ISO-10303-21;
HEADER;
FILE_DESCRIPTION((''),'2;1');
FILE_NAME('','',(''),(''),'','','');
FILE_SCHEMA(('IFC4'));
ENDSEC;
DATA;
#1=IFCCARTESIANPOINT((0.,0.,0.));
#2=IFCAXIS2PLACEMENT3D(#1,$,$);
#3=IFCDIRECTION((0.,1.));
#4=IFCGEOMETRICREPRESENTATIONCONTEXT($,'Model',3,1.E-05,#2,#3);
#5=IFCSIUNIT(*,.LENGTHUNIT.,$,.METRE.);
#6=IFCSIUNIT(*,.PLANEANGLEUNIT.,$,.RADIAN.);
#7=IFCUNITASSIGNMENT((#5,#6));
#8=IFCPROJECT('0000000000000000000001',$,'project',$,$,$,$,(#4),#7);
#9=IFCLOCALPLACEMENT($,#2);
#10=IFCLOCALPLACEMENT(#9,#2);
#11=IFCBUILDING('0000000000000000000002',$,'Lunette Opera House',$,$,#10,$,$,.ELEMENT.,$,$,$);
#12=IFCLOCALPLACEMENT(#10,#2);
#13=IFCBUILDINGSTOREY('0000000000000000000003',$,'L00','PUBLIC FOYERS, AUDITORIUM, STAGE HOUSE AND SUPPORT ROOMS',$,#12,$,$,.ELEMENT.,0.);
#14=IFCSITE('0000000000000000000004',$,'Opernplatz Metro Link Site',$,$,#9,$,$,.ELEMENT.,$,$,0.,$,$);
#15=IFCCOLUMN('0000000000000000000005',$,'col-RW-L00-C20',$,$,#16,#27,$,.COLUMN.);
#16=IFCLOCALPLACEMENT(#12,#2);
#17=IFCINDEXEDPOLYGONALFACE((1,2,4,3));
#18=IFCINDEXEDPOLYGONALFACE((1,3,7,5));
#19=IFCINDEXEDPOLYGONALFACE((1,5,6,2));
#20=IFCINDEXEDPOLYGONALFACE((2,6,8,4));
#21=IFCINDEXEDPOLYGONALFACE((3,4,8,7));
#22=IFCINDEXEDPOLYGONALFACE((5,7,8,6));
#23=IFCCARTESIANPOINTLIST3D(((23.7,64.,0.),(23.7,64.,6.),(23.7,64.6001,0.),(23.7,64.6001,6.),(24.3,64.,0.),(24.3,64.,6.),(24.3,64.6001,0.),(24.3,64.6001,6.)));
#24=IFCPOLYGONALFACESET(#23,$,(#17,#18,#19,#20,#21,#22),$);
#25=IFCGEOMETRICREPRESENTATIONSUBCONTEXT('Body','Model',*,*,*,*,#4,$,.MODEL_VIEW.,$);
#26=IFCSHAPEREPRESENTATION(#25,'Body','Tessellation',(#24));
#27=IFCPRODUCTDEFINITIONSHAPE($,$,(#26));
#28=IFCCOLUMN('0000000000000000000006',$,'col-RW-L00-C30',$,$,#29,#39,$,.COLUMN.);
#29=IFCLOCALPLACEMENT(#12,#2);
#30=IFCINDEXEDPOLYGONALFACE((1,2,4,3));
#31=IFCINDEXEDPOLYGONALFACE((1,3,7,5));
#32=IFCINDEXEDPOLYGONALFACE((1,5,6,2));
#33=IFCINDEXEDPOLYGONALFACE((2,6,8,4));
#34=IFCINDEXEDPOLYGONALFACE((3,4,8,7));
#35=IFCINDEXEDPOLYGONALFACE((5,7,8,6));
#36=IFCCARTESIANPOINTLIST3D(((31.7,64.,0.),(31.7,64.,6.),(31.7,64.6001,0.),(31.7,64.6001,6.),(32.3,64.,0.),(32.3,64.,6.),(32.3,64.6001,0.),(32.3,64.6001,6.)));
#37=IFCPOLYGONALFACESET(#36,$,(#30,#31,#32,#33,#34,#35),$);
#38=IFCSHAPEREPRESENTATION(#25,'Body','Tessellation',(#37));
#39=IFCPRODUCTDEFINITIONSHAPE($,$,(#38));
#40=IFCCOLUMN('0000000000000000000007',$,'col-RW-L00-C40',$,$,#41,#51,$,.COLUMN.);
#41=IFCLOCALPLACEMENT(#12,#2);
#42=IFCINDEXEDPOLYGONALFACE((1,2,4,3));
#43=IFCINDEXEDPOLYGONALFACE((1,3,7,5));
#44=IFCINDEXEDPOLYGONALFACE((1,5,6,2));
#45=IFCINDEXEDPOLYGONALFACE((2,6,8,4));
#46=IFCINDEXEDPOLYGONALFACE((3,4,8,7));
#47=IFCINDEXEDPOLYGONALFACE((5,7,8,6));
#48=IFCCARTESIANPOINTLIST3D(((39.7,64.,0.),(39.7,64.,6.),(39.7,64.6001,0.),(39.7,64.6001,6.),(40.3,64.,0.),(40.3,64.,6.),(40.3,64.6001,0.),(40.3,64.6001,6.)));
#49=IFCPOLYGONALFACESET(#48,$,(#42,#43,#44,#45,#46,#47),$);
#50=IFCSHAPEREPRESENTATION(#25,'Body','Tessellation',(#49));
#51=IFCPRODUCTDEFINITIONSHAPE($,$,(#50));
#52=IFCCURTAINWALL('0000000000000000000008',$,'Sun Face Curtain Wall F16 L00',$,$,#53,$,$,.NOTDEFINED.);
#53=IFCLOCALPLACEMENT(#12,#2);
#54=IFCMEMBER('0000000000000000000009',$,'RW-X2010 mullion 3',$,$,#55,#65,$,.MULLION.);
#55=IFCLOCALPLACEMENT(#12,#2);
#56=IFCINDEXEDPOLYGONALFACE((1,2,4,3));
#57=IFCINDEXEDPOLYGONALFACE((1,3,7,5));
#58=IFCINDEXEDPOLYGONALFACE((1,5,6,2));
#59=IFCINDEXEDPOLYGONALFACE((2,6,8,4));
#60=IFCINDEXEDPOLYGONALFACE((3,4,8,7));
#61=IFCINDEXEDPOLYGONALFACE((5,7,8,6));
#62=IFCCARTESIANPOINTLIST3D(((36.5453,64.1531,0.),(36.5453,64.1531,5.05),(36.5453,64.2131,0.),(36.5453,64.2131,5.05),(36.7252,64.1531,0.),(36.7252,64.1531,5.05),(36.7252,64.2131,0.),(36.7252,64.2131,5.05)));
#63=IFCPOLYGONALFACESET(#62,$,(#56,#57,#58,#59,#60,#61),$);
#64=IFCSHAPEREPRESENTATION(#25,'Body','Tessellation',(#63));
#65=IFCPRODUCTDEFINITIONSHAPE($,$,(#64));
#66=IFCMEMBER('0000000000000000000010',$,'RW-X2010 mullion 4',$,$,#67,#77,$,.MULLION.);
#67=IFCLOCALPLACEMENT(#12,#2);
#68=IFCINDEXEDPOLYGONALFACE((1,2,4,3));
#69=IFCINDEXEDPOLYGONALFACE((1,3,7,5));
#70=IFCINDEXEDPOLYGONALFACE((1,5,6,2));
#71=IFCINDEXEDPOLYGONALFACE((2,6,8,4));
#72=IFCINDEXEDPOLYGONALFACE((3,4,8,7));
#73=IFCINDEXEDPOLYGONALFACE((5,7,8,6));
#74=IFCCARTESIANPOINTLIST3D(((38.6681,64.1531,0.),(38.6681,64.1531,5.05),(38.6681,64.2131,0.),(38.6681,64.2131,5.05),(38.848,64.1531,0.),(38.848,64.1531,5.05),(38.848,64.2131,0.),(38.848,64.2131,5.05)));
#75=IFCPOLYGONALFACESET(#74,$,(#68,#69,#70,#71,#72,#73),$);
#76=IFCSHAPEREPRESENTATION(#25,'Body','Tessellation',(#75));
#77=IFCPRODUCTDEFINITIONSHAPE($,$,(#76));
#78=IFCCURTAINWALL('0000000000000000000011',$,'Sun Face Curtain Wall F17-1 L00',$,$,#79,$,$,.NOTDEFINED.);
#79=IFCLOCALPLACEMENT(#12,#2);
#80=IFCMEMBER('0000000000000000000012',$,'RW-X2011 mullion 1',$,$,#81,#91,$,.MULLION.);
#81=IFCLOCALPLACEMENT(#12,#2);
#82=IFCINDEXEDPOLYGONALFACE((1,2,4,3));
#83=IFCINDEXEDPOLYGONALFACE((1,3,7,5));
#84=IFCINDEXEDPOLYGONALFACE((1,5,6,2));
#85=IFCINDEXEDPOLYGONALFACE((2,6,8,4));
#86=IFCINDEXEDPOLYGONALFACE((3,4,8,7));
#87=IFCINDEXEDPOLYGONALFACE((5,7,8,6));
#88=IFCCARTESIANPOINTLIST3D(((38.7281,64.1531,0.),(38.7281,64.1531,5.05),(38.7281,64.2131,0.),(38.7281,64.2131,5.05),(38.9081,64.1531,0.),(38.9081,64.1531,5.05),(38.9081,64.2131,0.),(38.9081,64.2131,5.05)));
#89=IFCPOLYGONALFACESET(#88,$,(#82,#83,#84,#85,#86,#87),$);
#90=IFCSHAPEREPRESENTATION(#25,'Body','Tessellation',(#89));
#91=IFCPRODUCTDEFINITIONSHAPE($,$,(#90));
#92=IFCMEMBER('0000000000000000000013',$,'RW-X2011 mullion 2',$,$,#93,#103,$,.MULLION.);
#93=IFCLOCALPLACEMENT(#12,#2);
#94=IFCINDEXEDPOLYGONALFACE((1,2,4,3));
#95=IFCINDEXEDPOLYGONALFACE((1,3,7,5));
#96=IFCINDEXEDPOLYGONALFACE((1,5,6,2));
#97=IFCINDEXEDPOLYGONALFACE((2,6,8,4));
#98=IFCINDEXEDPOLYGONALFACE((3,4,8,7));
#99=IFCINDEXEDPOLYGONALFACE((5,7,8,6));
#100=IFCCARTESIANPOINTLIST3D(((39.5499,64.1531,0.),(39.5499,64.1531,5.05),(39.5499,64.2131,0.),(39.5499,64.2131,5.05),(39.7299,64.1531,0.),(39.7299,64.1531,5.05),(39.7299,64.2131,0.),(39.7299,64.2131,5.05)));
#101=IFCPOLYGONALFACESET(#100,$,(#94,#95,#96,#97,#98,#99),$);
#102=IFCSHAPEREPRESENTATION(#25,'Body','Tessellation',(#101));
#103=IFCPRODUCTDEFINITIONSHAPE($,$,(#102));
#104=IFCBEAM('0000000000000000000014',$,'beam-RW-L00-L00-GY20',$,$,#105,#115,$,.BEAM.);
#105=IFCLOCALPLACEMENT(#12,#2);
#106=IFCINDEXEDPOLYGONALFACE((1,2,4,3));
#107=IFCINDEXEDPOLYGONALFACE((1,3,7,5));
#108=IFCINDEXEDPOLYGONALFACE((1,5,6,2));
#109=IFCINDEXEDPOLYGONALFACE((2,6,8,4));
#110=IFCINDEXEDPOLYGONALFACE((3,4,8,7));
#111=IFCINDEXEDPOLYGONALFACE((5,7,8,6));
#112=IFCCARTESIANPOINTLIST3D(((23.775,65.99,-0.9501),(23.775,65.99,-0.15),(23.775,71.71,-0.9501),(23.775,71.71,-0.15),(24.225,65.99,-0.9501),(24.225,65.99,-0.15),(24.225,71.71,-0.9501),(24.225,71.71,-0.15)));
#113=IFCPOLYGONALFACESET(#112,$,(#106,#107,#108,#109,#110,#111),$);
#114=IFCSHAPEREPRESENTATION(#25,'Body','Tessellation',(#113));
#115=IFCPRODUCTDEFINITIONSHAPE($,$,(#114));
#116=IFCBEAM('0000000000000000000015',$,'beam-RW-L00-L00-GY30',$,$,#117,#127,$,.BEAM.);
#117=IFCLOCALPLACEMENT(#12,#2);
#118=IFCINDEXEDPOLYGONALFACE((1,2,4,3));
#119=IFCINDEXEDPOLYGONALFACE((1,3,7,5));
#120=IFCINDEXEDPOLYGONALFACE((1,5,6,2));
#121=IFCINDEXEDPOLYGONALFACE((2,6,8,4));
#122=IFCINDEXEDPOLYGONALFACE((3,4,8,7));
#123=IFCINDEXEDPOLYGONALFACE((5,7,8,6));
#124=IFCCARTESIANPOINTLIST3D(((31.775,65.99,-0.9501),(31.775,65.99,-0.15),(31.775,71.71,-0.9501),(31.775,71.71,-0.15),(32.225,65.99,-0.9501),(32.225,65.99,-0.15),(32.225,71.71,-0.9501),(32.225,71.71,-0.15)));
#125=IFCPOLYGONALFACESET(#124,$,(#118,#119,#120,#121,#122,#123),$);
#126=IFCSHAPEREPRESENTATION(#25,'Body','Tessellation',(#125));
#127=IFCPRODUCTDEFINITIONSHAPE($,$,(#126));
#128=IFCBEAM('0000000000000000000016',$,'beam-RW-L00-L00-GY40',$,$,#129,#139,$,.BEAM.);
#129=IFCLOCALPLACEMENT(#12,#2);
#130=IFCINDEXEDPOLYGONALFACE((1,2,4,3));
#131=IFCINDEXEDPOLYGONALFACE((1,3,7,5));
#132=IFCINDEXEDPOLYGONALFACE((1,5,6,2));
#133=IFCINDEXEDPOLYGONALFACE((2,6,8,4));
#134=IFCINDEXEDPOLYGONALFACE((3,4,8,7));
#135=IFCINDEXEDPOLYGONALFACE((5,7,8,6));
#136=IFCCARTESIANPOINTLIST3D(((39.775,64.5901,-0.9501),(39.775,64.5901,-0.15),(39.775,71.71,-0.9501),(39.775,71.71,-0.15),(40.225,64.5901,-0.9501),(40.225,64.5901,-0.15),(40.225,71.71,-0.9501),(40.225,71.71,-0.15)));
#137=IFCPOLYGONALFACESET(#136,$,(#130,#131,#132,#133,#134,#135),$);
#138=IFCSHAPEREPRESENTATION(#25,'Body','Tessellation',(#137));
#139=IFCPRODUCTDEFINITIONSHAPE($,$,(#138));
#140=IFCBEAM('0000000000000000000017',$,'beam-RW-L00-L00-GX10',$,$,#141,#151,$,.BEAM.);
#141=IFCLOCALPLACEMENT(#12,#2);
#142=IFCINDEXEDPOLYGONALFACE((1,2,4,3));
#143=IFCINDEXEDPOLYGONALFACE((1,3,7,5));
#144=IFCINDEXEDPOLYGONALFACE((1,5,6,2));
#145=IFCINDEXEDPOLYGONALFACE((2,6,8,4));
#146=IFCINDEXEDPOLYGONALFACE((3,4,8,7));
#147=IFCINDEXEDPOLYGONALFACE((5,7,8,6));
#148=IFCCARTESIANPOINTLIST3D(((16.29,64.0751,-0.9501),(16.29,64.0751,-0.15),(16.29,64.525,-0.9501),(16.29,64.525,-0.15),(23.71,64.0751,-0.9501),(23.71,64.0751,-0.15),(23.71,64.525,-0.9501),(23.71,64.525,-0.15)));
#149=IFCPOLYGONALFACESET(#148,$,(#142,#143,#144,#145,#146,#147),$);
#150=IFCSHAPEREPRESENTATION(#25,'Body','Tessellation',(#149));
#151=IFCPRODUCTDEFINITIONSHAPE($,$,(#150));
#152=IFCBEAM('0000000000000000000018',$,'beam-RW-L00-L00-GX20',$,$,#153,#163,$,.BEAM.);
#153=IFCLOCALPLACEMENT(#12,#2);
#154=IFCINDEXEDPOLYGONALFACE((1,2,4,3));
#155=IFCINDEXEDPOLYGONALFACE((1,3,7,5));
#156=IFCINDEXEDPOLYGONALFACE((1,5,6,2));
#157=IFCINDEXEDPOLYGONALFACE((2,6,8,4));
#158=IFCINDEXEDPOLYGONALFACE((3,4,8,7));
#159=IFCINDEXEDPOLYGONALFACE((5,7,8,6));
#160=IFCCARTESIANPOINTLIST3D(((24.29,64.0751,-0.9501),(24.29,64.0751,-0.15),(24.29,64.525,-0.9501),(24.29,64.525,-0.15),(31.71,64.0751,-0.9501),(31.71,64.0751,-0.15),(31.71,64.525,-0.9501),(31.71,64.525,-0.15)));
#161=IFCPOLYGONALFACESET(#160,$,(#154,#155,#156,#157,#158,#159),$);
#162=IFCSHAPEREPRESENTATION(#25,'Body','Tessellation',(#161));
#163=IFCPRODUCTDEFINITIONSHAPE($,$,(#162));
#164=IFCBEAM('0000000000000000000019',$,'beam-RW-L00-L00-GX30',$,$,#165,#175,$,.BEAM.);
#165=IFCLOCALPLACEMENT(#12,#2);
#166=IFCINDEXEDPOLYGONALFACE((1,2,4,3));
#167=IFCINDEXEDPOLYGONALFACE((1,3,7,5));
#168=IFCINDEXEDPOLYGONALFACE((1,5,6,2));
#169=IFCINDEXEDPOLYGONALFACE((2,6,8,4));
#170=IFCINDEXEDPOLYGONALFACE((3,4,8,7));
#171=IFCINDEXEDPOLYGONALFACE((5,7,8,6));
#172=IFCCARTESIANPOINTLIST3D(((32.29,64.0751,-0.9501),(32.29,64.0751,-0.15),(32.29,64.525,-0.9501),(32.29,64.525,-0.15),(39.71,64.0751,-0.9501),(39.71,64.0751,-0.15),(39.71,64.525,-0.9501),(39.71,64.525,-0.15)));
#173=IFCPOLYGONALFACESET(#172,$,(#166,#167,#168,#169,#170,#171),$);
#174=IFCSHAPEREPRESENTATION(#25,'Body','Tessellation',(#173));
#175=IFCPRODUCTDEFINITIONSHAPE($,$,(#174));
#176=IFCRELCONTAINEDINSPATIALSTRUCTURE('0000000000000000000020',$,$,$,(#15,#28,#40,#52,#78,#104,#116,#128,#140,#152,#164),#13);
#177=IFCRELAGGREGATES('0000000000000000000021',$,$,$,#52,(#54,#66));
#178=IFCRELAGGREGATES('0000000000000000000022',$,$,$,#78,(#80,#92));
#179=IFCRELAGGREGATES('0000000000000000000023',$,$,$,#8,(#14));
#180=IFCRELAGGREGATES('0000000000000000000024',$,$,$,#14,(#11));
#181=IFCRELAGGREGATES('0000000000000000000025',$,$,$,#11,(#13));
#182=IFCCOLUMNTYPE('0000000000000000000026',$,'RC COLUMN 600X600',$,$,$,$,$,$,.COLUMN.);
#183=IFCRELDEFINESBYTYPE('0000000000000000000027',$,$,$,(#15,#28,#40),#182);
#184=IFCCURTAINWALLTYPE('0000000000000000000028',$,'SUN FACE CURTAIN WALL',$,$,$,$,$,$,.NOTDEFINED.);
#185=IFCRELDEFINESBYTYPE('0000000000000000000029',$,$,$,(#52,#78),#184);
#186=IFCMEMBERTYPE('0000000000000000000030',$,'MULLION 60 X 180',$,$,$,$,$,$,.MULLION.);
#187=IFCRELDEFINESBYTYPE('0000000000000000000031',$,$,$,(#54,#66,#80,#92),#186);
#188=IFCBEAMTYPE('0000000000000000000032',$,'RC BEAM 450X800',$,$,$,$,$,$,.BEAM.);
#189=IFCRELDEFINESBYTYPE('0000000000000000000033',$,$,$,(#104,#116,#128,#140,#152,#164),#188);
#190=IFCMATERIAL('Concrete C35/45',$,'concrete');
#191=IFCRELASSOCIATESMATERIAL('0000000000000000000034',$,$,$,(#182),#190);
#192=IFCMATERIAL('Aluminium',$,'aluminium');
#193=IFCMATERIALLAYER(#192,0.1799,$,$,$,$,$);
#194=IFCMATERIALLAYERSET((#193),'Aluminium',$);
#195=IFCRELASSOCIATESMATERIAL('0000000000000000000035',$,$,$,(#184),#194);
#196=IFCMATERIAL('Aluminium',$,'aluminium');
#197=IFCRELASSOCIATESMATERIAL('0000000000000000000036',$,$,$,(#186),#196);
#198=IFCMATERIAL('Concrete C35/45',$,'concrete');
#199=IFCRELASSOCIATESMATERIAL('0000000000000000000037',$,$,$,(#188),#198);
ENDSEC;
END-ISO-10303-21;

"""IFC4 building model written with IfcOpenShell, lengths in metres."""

from ifc_helpers import new_model, si_unit, direction, frame, origin, origin_2d, place, context, subcontext, project, spatial, rectangle, extrude, material, layer, layer_set, material_profile, profile_set, type_object, element, aggregate, save


model = new_model("IFC4")

# Units and contexts
model_context = context("Model", 3, precision=1e-05, world=origin(), true_north=direction((0.0, 1.0)))
body_context = subcontext(model_context, "Body", "Model", "MODEL_VIEW")
ifc_project = project(units=[si_unit("LENGTHUNIT", "METRE"), si_unit("PLANEANGLEUNIT", "RADIAN")], contexts=[model_context])

# Site, building, storey
site_placement = place(None, origin())
site = spatial("IfcSite", under=ifc_project, at=site_placement, Name="Opernplatz Metro Link Site", CompositionType="ELEMENT", RefElevation=0.0)
building_placement = place(site_placement, origin())
building = spatial("IfcBuilding", under=site, at=building_placement, Name="Lunette Opera House", CompositionType="ELEMENT")
storey_placement = place(building_placement, origin())
storey = spatial("IfcBuildingStorey", under=building, at=storey_placement, Name="L00", Description="PUBLIC FOYERS, AUDITORIUM, STAGE HOUSE AND SUPPORT ROOMS", CompositionType="ELEMENT", Elevation=0.0)

# Columns
ifc_material_1 = material(Name="Concrete C35/45", Category="concrete")
ifc_material_profile_1 = material_profile(ifc_material_1, rectangle(XDim=0.6001, YDim=0.6001, at=origin_2d()), Name="RC COLUMN 600X600")
ifc_profile_set_1 = profile_set([ifc_material_profile_1], Name="Concrete C35/45")
column_type = type_object("IfcColumnType", Name="RC COLUMN 600X600", PredefinedType="COLUMN", material=ifc_profile_set_1)
for number, where, z_axis, x_axis, name in (
    (1, (24.0, 64.3, 0.0), (0.0, 0.0, 1.0), (1.0, 0.0, 0.0), "col-RW-L00-C20"),
    (2, (32.0, 64.3, 0.0), (0.0, 0.0, 1.0), (1.0, 0.0, 0.0), "col-RW-L00-C30"),
    (3, (40.0, 64.3, 0.0), (0.0, 0.0, 1.0), (1.0, 0.0, 0.0), "col-RW-L00-C40"),
):
    element("IfcColumn", number, at=place(storey_placement, frame(where, z_axis=z_axis, x_axis=x_axis)), inside=storey, type_object=column_type, Name=name, PredefinedType="COLUMN", context=body_context, shape_type="SweptSolid", body=[
        extrude(rectangle(XDim=0.6001, YDim=0.6001, at=origin_2d()), origin(), (0.0, 0.0, 1.0), 6.0),
    ])

# Curtain walls, members
ifc_material_2 = material(Name="Aluminium", Category="aluminium")
ifc_layer_1 = layer(ifc_material_2, 0.1799)
ifc_layer_set_1 = layer_set([ifc_layer_1], Name="Aluminium")
curtain_wall_type = type_object("IfcCurtainWallType", Name="SUN FACE CURTAIN WALL", PredefinedType="NOTDEFINED", material=ifc_layer_set_1)
curtain_wall_1_placement = place(storey_placement, origin())
curtain_wall_1 = element("IfcCurtainWall", 4, at=curtain_wall_1_placement, inside=storey, type_object=curtain_wall_type, Name="Sun Face Curtain Wall F16 L00", PredefinedType="NOTDEFINED")
ifc_material_3 = material(Name="Aluminium", Category="aluminium")
ifc_material_profile_2 = material_profile(ifc_material_3, rectangle(XDim=0.0601, YDim=0.1799, at=origin_2d()), Name="MULLION 60 X 180")
ifc_profile_set_2 = profile_set([ifc_material_profile_2], Name="Aluminium")
member_type_1 = type_object("IfcMemberType", Name="MULLION 60 X 180", PredefinedType="MULLION", material=ifc_profile_set_2)
member_1_placement = place(storey_placement, frame((36.6353, 64.1831, 0.0), z_axis=(0.0, 0.0, 1.0), x_axis=(0.0, 1.0, 0.0)))
member_1 = element("IfcMember", 5, at=member_1_placement, type_object=member_type_1, Name="RW-X2010 mullion 3", PredefinedType="MULLION", context=body_context, shape_type="SweptSolid", body=[
    extrude(rectangle(XDim=0.0601, YDim=0.1799, at=origin_2d()), origin(), (0.0, 0.0, 1.0), 5.05),
])
member_2_placement = place(storey_placement, frame((38.7581, 64.1831, 0.0), z_axis=(0.0, 0.0, 1.0), x_axis=(0.0, 1.0, 0.0)))
member_2 = element("IfcMember", 6, at=member_2_placement, type_object=member_type_1, Name="RW-X2010 mullion 4", PredefinedType="MULLION", context=body_context, shape_type="SweptSolid", body=[
    extrude(rectangle(XDim=0.0601, YDim=0.1799, at=origin_2d()), origin(), (0.0, 0.0, 1.0), 5.05),
])
curtain_wall_2_placement = place(storey_placement, origin())
curtain_wall_2 = element("IfcCurtainWall", 7, at=curtain_wall_2_placement, inside=storey, type_object=curtain_wall_type, Name="Sun Face Curtain Wall F17-1 L00", PredefinedType="NOTDEFINED")
member_3_placement = place(storey_placement, frame((38.8181, 64.1831, 0.0), z_axis=(0.0, 0.0, 1.0), x_axis=(0.0, 1.0, 0.0)))
member_3 = element("IfcMember", 8, at=member_3_placement, type_object=member_type_1, Name="RW-X2011 mullion 1", PredefinedType="MULLION", context=body_context, shape_type="SweptSolid", body=[
    extrude(rectangle(XDim=0.0601, YDim=0.1799, at=origin_2d()), origin(), (0.0, 0.0, 1.0), 5.05),
])
member_4_placement = place(storey_placement, frame((39.6399, 64.1831, 0.0), z_axis=(0.0, 0.0, 1.0), x_axis=(0.0, 1.0, 0.0)))
member_4 = element("IfcMember", 9, at=member_4_placement, type_object=member_type_1, Name="RW-X2011 mullion 2", PredefinedType="MULLION", context=body_context, shape_type="SweptSolid", body=[
    extrude(rectangle(XDim=0.0601, YDim=0.1799, at=origin_2d()), origin(), (0.0, 0.0, 1.0), 5.05),
])

# Beams
ifc_material_4 = material(Name="Concrete C35/45", Category="concrete")
ifc_material_profile_3 = material_profile(ifc_material_4, rectangle(XDim=0.45, YDim=0.8, at=origin_2d()), Name="RC BEAM 450X800")
ifc_profile_set_3 = profile_set([ifc_material_profile_3], Name="Concrete C35/45")
beam_type_1 = type_object("IfcBeamType", Name="RC BEAM 450X800", PredefinedType="BEAM", material=ifc_profile_set_3)
for number, where, z_axis, x_axis, name in (
    (10, (24.0, 65.99, -0.55), (0.0, 1.0, 0.0), (-1.0, 0.0, 0.0), "beam-RW-L00-L00-GY20"),
    (11, (32.0, 65.99, -0.55), (0.0, 1.0, 0.0), (-1.0, 0.0, 0.0), "beam-RW-L00-L00-GY30"),
):
    element("IfcBeam", number, at=place(storey_placement, frame(where, z_axis=z_axis, x_axis=x_axis)), inside=storey, type_object=beam_type_1, Name=name, PredefinedType="BEAM", context=body_context, shape_type="SweptSolid", body=[
        extrude(rectangle(XDim=0.45, YDim=0.8, at=origin_2d()), origin(), (0.0, 0.0, 1.0), 5.72),
    ])
beam_1_placement = place(storey_placement, frame((40.0, 64.5901, -0.55), z_axis=(0.0, 1.0, 0.0), x_axis=(-1.0, 0.0, 0.0)))
element("IfcBeam", 12, at=beam_1_placement, inside=storey, type_object=beam_type_1, Name="beam-RW-L00-L00-GY40", PredefinedType="BEAM", context=body_context, shape_type="SweptSolid", body=[
    extrude(rectangle(XDim=0.45, YDim=0.8, at=origin_2d()), origin(), (0.0, 0.0, 1.0), 7.1199),
])
for number, where, z_axis, x_axis, name in (
    (13, (16.29, 64.3, -0.55), (1.0, 0.0, 0.0), (0.0, 1.0, 0.0), "beam-RW-L00-L00-GX10"),
    (14, (24.29, 64.3, -0.55), (1.0, 0.0, 0.0), (0.0, 1.0, 0.0), "beam-RW-L00-L00-GX20"),
    (15, (32.29, 64.3, -0.55), (1.0, 0.0, 0.0), (0.0, 1.0, 0.0), "beam-RW-L00-L00-GX30"),
):
    element("IfcBeam", number, at=place(storey_placement, frame(where, z_axis=z_axis, x_axis=x_axis)), inside=storey, type_object=beam_type_1, Name=name, PredefinedType="BEAM", context=body_context, shape_type="SweptSolid", body=[
        extrude(rectangle(XDim=0.45, YDim=0.8, at=origin_2d()), origin(), (0.0, 0.0, 1.0), 7.4199),
    ])

aggregate(curtain_wall_1, [member_1, member_2])
aggregate(curtain_wall_2, [member_3, member_4])

save(model, "model.ifc")
